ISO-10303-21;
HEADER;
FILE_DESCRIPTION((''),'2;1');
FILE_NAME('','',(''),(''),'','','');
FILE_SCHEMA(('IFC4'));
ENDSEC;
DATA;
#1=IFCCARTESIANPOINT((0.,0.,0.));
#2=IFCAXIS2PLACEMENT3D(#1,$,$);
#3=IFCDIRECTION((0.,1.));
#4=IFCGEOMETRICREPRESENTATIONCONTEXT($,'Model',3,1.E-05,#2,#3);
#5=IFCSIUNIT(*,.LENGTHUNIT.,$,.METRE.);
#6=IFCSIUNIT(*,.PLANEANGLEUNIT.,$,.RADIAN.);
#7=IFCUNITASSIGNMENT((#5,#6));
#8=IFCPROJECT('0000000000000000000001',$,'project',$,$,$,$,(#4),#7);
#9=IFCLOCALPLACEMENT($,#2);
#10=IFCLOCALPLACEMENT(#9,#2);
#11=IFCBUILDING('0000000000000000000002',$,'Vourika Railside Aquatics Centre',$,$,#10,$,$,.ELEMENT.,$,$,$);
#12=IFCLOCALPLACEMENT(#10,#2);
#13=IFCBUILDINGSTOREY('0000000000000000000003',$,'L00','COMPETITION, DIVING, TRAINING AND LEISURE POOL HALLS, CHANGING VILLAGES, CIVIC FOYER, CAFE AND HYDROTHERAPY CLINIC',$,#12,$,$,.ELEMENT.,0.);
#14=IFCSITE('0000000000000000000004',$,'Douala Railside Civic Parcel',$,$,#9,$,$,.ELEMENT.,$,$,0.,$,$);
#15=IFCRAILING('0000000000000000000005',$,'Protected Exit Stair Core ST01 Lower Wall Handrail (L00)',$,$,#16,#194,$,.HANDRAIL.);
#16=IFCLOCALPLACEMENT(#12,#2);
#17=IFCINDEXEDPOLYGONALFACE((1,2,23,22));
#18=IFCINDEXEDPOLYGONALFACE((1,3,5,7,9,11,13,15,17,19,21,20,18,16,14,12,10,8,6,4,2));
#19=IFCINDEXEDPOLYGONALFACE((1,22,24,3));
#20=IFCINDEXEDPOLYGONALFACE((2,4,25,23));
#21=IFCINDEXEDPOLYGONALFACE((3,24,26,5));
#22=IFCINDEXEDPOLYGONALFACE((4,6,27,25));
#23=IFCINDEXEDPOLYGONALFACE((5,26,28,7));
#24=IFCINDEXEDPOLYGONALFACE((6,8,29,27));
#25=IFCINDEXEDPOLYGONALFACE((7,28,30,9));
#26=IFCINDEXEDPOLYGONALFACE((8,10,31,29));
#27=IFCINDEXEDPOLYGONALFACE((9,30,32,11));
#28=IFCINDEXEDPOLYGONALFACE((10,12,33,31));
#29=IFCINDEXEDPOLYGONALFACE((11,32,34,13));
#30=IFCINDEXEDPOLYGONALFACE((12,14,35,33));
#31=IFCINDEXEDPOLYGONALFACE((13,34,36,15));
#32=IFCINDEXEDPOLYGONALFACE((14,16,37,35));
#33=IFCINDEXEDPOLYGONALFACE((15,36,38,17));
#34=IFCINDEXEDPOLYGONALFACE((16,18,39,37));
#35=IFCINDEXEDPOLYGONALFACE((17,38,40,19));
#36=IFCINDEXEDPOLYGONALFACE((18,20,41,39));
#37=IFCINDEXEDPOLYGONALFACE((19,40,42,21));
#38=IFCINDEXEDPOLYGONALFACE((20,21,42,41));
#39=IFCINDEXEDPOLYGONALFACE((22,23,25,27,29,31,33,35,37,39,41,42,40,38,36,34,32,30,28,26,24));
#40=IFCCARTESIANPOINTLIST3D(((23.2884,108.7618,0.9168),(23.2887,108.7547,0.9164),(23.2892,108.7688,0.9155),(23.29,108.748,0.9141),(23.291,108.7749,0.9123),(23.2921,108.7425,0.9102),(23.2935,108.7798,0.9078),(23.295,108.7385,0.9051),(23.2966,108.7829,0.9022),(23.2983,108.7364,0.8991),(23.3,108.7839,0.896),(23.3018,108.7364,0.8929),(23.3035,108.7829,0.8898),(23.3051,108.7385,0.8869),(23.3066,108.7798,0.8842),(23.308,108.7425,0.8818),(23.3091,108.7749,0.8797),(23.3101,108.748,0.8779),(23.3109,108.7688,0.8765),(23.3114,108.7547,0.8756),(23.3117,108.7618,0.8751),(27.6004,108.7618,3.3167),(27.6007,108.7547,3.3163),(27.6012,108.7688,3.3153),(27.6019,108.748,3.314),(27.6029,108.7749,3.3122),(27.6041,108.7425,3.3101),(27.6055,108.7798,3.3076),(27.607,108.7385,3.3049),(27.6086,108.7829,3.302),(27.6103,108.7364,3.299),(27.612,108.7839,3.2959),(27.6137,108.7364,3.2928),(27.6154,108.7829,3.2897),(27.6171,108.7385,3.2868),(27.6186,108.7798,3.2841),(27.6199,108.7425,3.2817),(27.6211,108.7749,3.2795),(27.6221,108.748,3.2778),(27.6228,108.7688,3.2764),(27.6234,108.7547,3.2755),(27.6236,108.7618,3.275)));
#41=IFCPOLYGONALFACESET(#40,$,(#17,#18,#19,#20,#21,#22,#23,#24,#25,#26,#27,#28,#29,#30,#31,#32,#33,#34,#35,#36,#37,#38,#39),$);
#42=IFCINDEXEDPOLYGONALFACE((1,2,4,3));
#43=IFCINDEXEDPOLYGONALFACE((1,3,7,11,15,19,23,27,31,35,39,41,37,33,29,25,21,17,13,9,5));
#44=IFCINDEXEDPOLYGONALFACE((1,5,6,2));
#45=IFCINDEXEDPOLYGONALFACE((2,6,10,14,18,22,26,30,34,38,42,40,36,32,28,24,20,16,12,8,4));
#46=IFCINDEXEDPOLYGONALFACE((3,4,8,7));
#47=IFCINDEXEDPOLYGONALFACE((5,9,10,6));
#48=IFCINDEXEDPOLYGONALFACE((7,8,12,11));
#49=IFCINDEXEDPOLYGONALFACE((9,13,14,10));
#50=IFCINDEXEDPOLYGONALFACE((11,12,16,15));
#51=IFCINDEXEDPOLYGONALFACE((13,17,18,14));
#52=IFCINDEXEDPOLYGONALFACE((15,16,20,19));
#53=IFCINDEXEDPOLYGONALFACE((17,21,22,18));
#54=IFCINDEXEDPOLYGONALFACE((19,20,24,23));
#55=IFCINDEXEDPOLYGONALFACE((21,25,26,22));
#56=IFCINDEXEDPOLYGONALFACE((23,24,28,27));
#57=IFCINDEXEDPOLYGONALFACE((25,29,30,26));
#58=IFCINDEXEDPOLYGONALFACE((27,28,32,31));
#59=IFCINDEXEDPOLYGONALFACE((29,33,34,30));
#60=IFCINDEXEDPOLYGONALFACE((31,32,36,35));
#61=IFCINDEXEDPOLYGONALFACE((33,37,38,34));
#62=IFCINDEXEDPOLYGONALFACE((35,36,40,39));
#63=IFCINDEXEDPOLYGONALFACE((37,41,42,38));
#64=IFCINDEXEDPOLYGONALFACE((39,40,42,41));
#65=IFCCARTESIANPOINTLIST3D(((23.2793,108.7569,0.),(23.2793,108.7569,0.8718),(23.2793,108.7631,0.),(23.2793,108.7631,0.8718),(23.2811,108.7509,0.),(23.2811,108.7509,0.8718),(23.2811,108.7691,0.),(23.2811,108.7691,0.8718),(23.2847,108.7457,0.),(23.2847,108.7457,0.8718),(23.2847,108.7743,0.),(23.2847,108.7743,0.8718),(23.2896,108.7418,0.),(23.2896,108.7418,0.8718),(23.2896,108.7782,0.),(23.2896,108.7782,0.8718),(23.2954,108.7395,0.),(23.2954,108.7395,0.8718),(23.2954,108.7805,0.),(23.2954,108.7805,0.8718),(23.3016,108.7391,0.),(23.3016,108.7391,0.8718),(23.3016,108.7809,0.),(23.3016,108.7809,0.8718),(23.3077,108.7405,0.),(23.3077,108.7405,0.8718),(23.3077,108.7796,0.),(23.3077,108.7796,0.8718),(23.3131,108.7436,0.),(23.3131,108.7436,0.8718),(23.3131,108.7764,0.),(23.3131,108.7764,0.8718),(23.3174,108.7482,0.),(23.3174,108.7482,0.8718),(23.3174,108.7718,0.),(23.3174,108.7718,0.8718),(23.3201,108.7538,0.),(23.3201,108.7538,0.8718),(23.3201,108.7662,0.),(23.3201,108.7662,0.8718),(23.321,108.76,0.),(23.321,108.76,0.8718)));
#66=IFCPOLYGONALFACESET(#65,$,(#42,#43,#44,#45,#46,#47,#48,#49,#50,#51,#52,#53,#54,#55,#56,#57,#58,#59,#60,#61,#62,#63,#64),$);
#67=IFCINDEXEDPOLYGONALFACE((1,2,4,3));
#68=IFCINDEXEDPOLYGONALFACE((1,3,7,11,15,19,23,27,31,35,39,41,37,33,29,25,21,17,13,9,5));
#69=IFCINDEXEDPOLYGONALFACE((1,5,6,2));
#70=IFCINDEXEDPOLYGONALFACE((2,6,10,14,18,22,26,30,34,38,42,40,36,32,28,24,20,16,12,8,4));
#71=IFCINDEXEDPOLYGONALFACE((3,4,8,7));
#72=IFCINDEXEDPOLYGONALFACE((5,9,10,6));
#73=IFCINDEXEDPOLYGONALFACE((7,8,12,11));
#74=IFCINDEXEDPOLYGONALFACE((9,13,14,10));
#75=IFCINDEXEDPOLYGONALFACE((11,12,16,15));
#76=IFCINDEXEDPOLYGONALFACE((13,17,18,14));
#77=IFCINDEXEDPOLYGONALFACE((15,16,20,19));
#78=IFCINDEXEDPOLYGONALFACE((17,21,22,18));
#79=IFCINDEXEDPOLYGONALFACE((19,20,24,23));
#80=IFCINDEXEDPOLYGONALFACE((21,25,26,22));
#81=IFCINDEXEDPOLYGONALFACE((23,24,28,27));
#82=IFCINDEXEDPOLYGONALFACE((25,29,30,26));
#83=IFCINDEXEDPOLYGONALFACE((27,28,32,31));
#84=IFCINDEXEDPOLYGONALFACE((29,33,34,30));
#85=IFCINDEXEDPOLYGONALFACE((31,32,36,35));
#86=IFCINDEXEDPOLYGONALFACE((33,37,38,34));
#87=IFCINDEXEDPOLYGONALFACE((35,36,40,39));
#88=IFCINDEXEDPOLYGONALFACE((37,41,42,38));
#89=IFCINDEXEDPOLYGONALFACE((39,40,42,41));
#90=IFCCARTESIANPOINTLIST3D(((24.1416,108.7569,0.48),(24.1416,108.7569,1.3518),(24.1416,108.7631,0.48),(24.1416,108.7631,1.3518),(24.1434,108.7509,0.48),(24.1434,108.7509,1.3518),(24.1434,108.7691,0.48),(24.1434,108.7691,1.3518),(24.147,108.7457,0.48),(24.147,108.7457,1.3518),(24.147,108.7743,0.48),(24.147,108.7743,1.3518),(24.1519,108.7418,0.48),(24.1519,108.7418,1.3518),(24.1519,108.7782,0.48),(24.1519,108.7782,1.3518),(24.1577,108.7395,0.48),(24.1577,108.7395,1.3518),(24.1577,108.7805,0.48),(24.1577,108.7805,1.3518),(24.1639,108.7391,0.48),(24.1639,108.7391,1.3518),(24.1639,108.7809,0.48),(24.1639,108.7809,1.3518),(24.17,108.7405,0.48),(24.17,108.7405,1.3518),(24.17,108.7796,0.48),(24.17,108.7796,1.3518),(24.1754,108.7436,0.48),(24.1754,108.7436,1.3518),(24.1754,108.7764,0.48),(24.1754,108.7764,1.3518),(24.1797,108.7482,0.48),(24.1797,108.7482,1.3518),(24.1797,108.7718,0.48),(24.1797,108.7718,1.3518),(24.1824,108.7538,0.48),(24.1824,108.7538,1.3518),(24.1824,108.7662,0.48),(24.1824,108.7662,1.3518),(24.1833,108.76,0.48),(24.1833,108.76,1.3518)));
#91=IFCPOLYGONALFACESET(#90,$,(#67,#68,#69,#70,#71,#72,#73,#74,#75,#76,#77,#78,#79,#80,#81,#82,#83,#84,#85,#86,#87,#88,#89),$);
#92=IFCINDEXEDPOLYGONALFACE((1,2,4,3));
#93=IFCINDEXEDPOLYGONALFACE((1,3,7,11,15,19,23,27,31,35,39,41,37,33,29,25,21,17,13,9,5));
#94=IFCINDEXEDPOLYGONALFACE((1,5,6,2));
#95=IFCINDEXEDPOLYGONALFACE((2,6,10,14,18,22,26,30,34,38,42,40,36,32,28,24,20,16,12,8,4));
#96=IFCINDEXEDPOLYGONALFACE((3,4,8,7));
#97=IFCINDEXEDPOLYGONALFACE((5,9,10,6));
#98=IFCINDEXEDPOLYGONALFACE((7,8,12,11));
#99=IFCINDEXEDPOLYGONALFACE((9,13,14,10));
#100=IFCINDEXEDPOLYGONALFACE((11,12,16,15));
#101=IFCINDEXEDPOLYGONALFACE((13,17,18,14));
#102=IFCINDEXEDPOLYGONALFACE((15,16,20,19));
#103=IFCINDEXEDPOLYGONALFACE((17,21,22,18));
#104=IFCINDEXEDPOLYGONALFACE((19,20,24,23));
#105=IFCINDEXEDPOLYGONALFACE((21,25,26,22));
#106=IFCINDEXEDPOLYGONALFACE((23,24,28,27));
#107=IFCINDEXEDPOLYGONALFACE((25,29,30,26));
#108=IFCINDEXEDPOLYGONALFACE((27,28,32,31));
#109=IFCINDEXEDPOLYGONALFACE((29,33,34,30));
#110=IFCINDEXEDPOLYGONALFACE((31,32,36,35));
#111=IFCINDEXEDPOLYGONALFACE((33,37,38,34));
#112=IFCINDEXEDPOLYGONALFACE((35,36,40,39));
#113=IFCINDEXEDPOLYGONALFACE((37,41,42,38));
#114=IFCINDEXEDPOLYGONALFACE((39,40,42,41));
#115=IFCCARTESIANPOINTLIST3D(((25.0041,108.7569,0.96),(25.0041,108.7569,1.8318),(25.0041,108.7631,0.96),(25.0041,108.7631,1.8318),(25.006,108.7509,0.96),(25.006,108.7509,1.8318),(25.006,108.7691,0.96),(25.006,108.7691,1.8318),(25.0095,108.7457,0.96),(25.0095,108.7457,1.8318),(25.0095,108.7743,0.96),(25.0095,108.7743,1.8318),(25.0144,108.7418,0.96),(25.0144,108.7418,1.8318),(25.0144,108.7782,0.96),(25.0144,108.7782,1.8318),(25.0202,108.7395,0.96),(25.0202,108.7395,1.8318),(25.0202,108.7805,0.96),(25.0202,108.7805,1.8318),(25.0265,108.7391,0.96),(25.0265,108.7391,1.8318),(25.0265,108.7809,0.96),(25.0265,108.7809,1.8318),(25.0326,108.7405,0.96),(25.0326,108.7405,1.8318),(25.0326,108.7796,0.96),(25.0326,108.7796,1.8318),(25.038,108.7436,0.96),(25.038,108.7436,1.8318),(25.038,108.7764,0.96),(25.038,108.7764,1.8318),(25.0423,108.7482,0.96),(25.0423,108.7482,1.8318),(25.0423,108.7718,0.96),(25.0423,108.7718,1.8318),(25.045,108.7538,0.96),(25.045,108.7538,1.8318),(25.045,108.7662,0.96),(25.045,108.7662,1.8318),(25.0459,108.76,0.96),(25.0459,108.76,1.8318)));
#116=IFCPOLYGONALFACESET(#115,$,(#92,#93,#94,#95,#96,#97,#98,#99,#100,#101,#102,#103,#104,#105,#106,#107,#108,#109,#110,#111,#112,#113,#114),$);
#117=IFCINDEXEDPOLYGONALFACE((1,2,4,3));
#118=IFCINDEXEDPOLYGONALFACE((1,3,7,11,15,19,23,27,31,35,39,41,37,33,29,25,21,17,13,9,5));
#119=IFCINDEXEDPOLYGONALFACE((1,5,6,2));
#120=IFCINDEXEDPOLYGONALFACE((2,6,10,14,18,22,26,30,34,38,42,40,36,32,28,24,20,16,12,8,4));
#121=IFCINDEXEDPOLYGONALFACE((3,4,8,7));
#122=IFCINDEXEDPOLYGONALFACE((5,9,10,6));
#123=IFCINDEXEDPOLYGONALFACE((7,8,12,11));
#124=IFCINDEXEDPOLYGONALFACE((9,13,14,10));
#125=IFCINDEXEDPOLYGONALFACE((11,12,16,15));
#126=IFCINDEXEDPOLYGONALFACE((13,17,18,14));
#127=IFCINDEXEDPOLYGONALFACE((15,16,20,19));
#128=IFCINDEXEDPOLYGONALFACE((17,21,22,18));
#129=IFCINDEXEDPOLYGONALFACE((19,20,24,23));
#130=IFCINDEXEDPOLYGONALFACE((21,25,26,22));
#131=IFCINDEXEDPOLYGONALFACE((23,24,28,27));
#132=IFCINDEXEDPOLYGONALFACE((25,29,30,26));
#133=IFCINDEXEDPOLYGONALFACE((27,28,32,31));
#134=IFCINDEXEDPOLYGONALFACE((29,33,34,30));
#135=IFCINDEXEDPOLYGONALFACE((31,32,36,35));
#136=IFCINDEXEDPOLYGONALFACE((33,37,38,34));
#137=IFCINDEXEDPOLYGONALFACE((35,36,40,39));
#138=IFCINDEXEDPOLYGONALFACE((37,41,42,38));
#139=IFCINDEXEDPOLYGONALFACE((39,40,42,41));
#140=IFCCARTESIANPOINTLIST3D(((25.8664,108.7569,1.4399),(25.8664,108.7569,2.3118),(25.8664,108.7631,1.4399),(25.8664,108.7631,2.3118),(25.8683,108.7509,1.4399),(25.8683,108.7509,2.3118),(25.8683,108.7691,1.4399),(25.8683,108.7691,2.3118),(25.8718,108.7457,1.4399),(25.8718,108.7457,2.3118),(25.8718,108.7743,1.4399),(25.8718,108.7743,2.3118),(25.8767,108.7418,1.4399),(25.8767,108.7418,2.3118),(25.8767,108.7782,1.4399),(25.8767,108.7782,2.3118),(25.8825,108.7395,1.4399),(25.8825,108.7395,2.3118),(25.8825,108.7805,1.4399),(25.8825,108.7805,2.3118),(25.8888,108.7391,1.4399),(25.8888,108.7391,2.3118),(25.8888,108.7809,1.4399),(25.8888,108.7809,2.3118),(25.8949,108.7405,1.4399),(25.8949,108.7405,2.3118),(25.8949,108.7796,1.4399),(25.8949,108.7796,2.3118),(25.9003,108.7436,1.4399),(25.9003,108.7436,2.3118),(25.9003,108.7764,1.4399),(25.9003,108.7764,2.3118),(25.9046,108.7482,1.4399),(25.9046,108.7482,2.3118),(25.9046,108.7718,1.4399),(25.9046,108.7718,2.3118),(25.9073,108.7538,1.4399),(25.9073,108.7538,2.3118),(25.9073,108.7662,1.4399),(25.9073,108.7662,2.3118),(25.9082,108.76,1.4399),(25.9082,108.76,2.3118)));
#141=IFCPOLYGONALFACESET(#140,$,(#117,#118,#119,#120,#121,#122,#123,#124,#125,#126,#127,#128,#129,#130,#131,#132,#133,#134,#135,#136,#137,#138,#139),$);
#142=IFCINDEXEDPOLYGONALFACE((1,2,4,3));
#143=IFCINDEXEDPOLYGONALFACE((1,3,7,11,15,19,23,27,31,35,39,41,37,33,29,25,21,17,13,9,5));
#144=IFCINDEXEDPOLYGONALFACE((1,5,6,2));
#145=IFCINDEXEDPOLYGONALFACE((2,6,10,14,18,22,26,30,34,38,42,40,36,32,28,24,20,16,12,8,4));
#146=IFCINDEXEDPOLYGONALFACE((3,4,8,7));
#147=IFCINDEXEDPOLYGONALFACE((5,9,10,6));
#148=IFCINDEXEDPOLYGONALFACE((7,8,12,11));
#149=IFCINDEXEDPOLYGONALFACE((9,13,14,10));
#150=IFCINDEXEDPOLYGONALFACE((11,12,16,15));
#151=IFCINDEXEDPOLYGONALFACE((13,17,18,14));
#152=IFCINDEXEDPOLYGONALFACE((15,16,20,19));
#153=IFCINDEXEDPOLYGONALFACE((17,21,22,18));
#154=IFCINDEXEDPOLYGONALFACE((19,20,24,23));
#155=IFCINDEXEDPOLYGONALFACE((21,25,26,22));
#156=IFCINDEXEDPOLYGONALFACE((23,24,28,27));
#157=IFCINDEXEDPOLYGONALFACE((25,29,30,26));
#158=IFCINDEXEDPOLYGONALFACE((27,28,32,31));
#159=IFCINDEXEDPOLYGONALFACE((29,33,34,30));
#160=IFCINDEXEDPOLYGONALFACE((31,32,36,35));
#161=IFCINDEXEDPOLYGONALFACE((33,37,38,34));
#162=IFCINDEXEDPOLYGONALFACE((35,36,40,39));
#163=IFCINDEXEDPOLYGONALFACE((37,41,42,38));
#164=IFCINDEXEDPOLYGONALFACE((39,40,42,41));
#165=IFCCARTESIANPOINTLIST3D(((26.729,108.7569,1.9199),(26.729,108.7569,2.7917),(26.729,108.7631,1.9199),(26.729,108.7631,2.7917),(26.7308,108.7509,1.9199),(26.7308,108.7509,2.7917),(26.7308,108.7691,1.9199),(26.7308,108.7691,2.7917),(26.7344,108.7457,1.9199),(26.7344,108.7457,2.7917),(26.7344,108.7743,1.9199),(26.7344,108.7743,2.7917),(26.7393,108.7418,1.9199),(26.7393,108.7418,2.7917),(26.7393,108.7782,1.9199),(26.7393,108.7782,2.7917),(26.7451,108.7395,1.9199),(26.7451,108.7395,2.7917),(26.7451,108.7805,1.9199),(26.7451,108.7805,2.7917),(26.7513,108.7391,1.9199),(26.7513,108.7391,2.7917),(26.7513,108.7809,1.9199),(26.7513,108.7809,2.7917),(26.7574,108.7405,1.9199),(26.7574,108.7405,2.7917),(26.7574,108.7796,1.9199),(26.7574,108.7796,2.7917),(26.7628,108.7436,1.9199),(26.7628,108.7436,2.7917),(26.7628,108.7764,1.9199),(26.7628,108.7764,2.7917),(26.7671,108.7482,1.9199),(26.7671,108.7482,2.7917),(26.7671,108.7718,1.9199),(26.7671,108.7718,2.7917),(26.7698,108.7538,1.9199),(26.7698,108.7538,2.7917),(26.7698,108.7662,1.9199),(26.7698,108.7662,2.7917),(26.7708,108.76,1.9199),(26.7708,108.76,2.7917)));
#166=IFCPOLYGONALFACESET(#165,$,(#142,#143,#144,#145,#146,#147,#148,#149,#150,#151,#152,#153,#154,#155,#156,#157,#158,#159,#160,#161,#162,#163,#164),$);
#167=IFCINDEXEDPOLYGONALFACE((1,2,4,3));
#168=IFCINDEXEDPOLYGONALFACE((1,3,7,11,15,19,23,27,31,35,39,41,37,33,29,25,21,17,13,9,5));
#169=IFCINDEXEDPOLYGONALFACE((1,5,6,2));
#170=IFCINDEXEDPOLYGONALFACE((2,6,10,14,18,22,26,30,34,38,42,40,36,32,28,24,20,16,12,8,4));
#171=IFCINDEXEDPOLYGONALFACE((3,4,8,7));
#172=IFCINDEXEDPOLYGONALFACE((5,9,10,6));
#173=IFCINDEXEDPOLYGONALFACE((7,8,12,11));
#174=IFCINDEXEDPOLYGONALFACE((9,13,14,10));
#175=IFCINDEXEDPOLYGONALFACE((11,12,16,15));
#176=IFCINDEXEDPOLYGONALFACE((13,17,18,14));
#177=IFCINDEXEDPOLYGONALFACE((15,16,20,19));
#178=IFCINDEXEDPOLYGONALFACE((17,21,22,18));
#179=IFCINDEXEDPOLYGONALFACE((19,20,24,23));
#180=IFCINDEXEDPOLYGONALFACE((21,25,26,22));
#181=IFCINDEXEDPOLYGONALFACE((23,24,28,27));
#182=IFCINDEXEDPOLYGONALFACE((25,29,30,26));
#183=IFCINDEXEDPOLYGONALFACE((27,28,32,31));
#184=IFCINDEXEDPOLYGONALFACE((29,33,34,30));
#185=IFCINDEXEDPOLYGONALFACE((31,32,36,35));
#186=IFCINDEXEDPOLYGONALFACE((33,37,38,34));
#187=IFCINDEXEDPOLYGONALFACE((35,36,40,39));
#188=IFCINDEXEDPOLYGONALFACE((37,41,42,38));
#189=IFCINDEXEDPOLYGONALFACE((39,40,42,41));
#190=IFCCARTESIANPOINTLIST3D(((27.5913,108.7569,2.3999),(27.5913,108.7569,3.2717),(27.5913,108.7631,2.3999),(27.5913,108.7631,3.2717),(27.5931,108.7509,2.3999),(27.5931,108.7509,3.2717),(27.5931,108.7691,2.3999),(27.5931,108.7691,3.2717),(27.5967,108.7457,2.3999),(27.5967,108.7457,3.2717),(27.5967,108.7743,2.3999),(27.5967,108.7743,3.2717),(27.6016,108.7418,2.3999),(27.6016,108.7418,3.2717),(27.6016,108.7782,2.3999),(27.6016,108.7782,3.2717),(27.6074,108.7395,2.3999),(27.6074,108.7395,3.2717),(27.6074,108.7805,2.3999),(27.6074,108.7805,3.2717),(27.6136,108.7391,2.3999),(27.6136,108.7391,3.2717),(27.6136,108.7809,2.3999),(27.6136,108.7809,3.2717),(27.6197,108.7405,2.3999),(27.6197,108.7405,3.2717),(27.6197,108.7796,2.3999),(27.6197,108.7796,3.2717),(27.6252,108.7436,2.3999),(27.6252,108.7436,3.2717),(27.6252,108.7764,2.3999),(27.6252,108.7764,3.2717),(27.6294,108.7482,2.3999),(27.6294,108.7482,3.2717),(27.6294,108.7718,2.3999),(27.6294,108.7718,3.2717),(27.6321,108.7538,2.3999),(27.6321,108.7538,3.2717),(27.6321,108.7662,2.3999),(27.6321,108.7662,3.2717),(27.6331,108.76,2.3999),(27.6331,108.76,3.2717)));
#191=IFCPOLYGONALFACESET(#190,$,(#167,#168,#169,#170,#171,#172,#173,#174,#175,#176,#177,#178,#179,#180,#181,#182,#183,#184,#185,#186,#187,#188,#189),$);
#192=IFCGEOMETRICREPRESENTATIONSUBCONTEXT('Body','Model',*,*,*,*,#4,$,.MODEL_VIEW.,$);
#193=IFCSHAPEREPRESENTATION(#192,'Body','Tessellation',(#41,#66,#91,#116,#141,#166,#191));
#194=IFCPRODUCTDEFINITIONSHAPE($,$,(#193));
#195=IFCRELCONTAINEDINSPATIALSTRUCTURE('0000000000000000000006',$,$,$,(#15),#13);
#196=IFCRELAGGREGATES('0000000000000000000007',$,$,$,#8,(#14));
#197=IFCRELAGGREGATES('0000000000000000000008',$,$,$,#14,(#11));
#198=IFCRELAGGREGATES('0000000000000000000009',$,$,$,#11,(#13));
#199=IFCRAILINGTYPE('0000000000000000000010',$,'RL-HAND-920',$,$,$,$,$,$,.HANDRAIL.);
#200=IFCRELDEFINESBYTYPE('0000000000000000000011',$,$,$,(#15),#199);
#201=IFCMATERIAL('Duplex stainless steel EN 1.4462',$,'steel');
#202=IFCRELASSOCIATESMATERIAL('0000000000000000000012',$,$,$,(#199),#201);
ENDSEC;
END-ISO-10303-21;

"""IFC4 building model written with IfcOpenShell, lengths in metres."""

from ifc_helpers import new_model, si_unit, direction, frame, origin, origin_2d, place, context, subcontext, project, spatial, circle, extrude, material, type_object, element, save


model = new_model("IFC4")

# Units and contexts
model_context = context("Model", 3, precision=1e-05, world=origin(), true_north=direction((0.0, 1.0)))
body_context = subcontext(model_context, "Body", "Model", "MODEL_VIEW")
ifc_project = project(units=[si_unit("LENGTHUNIT", "METRE"), si_unit("PLANEANGLEUNIT", "RADIAN")], contexts=[model_context])

# Site, building, storey
site_placement = place(None, origin())
site = spatial("IfcSite", under=ifc_project, at=site_placement, Name="Douala Railside Civic Parcel", CompositionType="ELEMENT", RefElevation=0.0)
building_placement = place(site_placement, origin())
building = spatial("IfcBuilding", under=site, at=building_placement, Name="Vourika Railside Aquatics Centre", CompositionType="ELEMENT")
storey_placement = place(building_placement, origin())
storey = spatial("IfcBuildingStorey", under=building, at=storey_placement, Name="L00", Description="COMPETITION, DIVING, TRAINING AND LEISURE POOL HALLS, CHANGING VILLAGES, CIVIC FOYER, CAFE AND HYDROTHERAPY CLINIC", CompositionType="ELEMENT", Elevation=0.0)

# Railing
ifc_material_1 = material(Name="Duplex stainless steel EN 1.4462", Category="steel")
railing_type_1 = type_object("IfcRailingType", Name="RL-HAND-920", PredefinedType="HANDRAIL", material=ifc_material_1)
railing_1_placement = place(storey_placement, frame((23.3, 108.76, 0.0)))
element("IfcRailing", 1, at=railing_1_placement, inside=storey, type_object=railing_type_1, Name="Protected Exit Stair Core ST01 Lower Wall Handrail (L00)", PredefinedType="HANDRAIL", context=body_context, shape_type="SweptSolid", body=[
    extrude(circle(Radius=0.0239, at=origin_2d()), frame((0.0, 0.0, 0.896), z_axis=(0.873784, 0.0, 0.486315), x_axis=(0.0, 1.0, 0.0)), (0.0, 0.0, 1.0), 4.9348),
    extrude(circle(Radius=0.021, at=origin_2d()), origin(), (0.0, 0.0, 1.0), 0.8718),
    extrude(circle(Radius=0.021, at=origin_2d()), frame((0.8623, 0.0, 0.48)), (0.0, 0.0, 1.0), 0.8718),
    extrude(circle(Radius=0.021, at=origin_2d()), frame((1.7249, 0.0, 0.96)), (0.0, 0.0, 1.0), 0.8718),
    extrude(circle(Radius=0.021, at=origin_2d()), frame((2.5872, 0.0, 1.4399)), (0.0, 0.0, 1.0), 0.8718),
    extrude(circle(Radius=0.021, at=origin_2d()), frame((3.4497, 0.0, 1.9199)), (0.0, 0.0, 1.0), 0.8718),
    extrude(circle(Radius=0.021, at=origin_2d()), frame((4.312, 0.0, 2.3999)), (0.0, 0.0, 1.0), 0.8718),
])

save(model, "model.ifc")
